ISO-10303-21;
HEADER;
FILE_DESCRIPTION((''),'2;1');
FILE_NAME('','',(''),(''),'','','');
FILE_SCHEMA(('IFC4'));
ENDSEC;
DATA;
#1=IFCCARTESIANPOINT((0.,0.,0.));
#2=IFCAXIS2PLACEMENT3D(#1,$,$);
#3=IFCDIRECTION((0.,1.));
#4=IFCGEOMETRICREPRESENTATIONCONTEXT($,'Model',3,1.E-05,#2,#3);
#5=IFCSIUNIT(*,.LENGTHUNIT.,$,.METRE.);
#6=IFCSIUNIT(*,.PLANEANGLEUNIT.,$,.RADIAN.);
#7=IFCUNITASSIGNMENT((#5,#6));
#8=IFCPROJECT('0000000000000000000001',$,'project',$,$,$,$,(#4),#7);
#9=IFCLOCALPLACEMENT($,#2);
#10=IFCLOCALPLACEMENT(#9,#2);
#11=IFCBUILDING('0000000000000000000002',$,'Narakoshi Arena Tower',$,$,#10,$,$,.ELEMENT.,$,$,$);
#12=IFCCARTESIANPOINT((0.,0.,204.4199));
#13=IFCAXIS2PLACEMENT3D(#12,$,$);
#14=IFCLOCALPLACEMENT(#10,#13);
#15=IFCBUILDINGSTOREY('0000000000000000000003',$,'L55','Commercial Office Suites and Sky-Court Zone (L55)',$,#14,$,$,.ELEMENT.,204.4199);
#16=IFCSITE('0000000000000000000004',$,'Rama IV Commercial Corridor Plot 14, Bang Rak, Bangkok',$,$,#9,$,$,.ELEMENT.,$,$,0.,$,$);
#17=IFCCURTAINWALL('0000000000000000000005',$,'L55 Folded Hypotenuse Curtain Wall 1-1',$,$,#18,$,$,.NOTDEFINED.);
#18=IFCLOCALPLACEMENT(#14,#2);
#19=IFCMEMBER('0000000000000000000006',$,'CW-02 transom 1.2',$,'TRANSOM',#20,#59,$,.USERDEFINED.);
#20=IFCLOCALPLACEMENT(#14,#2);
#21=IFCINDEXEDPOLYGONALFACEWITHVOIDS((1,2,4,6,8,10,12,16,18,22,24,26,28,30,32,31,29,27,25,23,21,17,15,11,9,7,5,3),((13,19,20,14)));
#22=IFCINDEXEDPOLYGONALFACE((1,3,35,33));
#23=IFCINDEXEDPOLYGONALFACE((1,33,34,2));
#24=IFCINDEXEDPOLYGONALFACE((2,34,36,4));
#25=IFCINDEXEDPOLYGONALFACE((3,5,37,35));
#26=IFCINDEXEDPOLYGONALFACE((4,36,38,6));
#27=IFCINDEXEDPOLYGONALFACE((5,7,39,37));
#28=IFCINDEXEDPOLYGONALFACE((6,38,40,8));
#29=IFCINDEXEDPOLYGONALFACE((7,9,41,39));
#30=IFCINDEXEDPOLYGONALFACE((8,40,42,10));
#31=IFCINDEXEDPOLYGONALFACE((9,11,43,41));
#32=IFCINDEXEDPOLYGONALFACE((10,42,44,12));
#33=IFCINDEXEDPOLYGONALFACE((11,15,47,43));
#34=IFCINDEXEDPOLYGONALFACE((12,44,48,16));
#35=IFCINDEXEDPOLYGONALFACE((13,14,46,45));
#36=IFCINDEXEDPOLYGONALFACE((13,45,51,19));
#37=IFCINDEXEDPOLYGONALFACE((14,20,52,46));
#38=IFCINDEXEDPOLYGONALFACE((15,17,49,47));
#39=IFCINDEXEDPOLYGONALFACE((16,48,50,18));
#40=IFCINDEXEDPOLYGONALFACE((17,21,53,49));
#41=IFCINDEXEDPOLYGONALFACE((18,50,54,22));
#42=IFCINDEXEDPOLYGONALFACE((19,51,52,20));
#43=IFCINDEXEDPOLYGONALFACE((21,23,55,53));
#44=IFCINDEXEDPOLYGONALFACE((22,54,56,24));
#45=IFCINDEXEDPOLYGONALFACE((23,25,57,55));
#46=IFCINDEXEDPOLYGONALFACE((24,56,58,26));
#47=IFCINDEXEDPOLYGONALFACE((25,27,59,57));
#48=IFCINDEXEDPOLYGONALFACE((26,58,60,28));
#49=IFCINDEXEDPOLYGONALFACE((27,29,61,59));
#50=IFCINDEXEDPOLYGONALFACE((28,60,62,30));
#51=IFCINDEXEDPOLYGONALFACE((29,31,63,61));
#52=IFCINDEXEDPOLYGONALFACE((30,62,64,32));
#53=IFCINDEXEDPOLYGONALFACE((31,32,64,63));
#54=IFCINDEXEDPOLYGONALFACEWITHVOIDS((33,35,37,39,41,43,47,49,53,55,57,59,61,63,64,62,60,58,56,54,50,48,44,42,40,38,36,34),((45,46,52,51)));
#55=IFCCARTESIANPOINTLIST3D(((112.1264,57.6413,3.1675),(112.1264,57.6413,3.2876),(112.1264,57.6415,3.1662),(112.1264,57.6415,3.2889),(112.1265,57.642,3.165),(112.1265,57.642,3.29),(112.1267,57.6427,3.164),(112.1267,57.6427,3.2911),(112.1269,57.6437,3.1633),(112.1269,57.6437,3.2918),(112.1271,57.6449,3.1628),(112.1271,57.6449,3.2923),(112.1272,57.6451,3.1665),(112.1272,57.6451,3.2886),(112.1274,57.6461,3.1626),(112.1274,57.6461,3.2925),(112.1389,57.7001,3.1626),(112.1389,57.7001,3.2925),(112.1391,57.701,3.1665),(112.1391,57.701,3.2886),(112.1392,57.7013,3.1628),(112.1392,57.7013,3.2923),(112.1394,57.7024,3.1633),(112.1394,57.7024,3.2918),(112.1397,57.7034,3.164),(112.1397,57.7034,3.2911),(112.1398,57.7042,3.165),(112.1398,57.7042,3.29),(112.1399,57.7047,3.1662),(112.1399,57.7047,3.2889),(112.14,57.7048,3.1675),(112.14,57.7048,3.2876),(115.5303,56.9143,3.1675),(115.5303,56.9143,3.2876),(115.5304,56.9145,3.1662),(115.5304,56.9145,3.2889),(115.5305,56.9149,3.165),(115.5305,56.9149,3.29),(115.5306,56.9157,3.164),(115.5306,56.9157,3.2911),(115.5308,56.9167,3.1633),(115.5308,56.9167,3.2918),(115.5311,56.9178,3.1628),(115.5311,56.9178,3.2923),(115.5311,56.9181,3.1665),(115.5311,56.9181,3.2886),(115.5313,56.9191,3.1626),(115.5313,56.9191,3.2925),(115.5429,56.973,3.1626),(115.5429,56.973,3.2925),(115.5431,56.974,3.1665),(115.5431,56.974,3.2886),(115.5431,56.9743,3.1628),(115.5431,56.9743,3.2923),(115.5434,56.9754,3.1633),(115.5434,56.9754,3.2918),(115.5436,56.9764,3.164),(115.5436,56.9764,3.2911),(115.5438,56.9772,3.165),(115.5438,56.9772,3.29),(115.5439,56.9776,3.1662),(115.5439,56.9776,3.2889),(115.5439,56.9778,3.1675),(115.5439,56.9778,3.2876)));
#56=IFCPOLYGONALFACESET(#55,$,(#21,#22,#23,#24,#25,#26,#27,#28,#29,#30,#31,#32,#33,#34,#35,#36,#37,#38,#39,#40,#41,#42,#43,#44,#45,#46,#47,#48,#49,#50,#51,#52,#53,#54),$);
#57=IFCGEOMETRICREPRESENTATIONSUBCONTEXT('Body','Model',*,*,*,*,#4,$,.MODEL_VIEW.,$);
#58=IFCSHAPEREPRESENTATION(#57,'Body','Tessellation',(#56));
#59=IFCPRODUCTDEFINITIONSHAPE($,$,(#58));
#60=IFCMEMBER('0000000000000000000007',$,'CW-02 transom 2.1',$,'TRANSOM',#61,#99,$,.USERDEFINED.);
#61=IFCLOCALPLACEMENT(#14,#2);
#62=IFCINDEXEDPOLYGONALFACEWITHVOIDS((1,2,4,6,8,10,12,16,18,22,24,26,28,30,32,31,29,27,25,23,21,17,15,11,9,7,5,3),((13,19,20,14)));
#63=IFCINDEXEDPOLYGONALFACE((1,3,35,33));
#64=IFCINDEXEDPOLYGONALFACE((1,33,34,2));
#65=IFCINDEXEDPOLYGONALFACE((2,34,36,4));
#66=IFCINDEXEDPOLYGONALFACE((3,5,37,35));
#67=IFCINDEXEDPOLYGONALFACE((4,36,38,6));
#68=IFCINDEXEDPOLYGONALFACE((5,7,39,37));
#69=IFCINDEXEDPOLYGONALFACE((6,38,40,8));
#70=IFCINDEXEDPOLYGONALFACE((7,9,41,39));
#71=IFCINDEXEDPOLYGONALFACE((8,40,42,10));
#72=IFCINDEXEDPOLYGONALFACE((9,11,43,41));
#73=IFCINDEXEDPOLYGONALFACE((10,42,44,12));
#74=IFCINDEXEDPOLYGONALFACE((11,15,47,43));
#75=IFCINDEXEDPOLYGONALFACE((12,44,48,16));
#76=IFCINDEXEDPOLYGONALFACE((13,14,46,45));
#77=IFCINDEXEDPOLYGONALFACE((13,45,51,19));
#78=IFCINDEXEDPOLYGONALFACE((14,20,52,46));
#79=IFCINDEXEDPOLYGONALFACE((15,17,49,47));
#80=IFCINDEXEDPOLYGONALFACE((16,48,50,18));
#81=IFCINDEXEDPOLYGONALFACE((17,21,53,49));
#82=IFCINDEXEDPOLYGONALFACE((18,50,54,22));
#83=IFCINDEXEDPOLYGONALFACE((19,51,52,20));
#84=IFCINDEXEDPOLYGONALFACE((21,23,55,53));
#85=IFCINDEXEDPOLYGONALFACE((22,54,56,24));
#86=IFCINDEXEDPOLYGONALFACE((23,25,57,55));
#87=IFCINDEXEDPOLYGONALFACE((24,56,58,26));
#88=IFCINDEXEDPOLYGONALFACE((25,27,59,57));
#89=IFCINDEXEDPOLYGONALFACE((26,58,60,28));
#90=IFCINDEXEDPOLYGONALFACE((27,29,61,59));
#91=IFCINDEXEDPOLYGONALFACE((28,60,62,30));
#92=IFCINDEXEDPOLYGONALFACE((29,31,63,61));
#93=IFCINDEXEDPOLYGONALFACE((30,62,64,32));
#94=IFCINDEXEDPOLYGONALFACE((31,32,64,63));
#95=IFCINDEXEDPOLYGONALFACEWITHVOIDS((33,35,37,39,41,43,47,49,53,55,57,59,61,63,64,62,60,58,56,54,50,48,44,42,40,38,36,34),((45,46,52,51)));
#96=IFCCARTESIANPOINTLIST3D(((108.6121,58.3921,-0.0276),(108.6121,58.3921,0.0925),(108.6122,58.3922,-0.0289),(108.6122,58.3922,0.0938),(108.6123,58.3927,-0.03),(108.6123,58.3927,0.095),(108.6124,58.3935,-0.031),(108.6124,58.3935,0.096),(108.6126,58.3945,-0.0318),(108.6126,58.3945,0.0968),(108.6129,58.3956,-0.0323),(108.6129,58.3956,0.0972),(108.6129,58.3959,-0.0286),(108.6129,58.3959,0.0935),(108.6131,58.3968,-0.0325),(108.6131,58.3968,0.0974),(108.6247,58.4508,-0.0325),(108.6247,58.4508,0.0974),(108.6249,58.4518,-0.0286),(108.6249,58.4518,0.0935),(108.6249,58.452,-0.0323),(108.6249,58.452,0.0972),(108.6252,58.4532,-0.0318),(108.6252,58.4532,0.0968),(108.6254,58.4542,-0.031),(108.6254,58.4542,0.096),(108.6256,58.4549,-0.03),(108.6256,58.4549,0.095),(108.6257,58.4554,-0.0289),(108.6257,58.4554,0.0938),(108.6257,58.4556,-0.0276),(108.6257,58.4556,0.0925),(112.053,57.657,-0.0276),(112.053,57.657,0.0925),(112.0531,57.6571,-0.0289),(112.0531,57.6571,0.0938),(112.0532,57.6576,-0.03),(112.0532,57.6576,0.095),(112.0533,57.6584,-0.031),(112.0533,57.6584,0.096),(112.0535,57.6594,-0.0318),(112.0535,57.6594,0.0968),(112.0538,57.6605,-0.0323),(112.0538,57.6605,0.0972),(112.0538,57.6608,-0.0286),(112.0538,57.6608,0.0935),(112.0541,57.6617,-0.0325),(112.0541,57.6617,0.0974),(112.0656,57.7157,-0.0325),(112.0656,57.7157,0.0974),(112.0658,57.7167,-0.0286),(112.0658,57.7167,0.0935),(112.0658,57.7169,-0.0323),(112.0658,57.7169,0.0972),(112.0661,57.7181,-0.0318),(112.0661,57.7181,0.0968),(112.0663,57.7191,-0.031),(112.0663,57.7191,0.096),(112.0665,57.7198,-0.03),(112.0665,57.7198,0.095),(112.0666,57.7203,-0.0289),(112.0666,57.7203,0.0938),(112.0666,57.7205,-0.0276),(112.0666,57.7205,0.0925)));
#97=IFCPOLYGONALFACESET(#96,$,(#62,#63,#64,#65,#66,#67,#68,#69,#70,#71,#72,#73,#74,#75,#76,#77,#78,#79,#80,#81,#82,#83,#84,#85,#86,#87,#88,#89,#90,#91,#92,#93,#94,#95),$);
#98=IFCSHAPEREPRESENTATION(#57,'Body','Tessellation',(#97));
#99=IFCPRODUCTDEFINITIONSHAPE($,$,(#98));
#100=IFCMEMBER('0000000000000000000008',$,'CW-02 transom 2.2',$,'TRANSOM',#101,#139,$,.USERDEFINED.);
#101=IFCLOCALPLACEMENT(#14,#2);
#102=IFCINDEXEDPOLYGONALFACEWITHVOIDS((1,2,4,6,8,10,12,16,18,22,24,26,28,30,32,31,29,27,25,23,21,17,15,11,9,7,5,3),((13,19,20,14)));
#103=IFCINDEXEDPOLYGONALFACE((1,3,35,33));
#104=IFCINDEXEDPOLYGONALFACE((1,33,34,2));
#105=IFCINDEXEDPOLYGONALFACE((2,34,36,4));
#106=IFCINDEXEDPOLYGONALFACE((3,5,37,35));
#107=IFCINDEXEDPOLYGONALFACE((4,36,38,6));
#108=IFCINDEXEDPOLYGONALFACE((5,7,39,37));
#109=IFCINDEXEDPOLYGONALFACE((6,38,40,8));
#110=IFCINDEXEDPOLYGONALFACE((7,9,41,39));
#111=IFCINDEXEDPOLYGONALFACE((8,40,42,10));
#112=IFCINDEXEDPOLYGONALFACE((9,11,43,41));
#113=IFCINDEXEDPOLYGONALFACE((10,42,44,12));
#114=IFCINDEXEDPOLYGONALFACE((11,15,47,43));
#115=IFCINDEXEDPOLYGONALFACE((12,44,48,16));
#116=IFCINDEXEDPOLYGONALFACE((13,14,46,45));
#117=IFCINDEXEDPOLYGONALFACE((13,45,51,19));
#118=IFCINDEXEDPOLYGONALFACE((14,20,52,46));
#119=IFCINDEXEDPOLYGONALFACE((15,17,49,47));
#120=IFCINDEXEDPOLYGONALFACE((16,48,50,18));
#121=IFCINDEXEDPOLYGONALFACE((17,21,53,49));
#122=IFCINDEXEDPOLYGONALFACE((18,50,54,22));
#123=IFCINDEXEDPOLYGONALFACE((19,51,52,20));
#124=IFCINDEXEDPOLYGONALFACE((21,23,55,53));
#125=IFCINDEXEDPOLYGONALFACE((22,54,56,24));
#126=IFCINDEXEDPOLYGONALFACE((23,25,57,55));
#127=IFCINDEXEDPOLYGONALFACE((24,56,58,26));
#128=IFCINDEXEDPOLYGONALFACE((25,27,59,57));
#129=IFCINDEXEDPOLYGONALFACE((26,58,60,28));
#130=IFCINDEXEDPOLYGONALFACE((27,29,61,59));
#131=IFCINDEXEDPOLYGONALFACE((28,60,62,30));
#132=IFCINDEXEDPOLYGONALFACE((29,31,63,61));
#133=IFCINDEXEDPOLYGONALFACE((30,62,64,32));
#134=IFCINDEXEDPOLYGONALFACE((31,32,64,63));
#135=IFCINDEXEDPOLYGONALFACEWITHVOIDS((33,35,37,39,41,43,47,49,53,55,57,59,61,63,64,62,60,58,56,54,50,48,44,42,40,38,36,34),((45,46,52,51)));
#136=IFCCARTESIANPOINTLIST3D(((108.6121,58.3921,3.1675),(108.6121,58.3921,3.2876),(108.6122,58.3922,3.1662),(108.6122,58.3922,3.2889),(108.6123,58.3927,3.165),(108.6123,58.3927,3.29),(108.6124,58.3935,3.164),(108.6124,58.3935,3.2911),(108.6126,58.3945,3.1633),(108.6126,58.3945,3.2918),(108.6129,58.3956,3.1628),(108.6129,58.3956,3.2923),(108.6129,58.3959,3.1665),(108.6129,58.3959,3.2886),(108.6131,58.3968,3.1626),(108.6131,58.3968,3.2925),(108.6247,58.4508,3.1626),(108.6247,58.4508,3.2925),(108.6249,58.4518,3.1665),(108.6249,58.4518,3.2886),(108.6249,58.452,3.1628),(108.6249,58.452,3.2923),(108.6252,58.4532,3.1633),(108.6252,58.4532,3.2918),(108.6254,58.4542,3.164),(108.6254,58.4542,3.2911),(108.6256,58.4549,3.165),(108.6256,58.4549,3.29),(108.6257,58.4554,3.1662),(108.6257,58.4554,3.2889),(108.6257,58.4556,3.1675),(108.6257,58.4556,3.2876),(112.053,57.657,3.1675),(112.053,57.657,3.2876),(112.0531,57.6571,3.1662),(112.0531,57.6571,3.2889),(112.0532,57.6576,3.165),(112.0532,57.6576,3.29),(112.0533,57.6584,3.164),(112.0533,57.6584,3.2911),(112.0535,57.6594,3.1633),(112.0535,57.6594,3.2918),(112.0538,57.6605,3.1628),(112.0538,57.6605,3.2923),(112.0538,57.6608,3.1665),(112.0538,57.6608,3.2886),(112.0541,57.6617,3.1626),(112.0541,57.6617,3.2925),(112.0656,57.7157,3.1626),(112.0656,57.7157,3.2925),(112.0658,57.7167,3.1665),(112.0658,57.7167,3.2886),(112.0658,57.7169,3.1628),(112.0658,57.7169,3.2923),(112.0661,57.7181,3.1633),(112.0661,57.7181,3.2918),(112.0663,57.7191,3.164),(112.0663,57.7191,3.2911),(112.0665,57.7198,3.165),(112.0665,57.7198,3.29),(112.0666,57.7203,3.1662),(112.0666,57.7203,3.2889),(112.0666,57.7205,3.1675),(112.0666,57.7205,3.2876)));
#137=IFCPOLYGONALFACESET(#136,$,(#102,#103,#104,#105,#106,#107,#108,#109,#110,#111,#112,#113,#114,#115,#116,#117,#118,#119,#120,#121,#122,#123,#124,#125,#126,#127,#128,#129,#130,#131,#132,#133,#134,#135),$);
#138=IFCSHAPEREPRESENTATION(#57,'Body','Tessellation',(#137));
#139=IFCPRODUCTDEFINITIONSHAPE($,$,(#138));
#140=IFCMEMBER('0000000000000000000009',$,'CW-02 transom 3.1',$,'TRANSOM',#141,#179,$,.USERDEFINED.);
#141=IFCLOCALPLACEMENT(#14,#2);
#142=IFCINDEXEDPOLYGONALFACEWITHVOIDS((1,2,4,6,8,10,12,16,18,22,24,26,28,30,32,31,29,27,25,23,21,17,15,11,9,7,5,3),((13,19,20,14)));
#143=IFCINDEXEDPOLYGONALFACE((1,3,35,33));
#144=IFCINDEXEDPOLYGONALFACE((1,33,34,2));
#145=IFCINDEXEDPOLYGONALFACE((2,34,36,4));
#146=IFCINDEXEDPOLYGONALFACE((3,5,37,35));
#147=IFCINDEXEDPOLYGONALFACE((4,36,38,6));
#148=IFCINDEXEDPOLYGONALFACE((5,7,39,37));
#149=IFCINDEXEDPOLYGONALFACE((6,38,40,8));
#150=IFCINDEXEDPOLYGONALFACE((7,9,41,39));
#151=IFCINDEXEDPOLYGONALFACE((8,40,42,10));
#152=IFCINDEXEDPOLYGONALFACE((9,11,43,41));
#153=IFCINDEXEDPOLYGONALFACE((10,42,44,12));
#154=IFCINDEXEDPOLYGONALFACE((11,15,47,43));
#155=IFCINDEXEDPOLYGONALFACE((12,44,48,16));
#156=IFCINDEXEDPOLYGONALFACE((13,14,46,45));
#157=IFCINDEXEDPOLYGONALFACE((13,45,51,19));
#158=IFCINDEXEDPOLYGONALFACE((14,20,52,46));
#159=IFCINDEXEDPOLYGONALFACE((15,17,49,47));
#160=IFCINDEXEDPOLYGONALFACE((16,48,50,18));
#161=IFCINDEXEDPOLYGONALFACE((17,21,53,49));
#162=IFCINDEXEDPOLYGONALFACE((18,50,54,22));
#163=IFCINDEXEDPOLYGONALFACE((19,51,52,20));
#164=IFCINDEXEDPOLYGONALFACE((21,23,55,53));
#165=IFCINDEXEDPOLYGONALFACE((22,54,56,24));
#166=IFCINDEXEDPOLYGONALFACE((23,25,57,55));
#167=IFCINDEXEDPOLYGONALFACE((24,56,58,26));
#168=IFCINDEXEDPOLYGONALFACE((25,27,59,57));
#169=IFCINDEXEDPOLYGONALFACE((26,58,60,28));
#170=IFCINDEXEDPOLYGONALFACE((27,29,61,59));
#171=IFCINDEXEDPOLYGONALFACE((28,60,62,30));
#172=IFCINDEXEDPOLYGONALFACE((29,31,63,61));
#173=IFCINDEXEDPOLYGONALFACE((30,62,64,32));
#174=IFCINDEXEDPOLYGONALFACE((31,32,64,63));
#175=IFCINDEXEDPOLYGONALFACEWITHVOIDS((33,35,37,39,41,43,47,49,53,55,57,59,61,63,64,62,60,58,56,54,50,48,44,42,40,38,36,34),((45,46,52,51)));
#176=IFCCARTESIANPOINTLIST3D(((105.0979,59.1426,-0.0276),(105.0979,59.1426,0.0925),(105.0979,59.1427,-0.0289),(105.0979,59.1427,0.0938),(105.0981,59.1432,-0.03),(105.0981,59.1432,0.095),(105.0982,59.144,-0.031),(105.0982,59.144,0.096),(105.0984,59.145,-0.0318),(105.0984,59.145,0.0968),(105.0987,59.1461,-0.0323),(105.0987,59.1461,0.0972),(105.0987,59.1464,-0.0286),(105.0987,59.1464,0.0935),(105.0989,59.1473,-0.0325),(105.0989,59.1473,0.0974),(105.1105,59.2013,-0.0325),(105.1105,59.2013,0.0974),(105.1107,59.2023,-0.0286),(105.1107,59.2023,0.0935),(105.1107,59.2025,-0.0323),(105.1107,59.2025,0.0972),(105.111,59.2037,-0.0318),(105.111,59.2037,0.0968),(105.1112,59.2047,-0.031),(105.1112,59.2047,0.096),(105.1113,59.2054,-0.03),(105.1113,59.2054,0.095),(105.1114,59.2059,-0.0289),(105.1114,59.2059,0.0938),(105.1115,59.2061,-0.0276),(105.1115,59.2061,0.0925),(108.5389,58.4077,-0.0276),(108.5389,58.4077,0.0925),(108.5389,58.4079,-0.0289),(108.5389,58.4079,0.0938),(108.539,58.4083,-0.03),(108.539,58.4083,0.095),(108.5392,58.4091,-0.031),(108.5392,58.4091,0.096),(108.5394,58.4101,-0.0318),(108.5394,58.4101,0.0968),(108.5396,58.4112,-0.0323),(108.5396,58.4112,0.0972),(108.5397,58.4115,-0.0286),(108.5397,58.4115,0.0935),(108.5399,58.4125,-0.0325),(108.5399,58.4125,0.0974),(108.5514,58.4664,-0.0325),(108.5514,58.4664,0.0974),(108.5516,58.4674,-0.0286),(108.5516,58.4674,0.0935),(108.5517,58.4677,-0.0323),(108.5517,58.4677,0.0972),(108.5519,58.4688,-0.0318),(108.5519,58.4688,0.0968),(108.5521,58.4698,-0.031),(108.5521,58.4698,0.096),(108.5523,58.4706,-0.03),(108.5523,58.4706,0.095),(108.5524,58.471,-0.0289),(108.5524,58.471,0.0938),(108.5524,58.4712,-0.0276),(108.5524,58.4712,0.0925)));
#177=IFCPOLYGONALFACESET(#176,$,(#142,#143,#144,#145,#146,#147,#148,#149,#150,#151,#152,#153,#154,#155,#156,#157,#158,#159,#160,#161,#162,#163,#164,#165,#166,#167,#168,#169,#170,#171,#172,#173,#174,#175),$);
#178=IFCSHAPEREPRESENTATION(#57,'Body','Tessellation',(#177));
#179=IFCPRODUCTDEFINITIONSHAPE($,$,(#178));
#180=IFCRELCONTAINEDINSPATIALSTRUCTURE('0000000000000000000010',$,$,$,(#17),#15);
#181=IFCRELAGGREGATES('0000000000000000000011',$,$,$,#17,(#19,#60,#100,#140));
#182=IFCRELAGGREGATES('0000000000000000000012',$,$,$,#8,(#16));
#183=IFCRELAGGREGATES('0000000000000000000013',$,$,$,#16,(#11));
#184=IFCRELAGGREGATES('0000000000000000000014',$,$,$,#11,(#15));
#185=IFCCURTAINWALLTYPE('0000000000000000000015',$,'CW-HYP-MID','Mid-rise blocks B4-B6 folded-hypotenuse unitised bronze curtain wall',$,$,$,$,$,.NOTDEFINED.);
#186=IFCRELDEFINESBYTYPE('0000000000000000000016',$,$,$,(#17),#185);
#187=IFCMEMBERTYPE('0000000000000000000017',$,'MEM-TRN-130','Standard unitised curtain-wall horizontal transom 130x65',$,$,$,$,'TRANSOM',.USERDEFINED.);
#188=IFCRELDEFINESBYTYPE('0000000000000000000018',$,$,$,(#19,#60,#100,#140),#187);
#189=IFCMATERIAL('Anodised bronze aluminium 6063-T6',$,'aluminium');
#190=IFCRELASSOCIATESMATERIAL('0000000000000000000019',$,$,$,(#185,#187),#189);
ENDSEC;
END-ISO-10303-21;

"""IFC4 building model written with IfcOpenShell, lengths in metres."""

from ifc_helpers import new_model, si_unit, direction, frame, origin, origin_2d, place, context, subcontext, project, spatial, hollow_rectangle, extrude, material, material_profile, profile_set, type_object, element, aggregate, save


model = new_model("IFC4")

# Units and contexts
model_context = context("Model", 3, precision=1e-05, world=origin(), true_north=direction((0.0, 1.0)))
body_context = subcontext(model_context, "Body", "Model", "MODEL_VIEW")
ifc_project = project(units=[si_unit("LENGTHUNIT", "METRE"), si_unit("PLANEANGLEUNIT", "RADIAN")], contexts=[model_context])

# Site, building, storey
site_placement = place(None, origin())
site = spatial("IfcSite", under=ifc_project, at=site_placement, Name="Rama IV Commercial Corridor Plot 14, Bang Rak, Bangkok", CompositionType="ELEMENT", RefElevation=0.0)
building_placement = place(site_placement, origin())
building = spatial("IfcBuilding", under=site, at=building_placement, Name="Narakoshi Arena Tower", CompositionType="ELEMENT")
storey_placement = place(building_placement, frame((0.0, 0.0, 204.4199)))
storey = spatial("IfcBuildingStorey", under=building, at=storey_placement, Name="L55", Description="Commercial Office Suites and Sky-Court Zone (L55)", CompositionType="ELEMENT", Elevation=204.4199)

# Curtain wall, members
ifc_material_1 = material(Name="Anodised bronze aluminium 6063-T6", Category="aluminium")
curtain_wall_type = type_object("IfcCurtainWallType", Name="CW-HYP-MID", Description="Mid-rise blocks B4-B6 folded-hypotenuse unitised bronze curtain wall", PredefinedType="NOTDEFINED", material=ifc_material_1)
curtain_wall_placement = place(storey_placement, origin())
curtain_wall = element("IfcCurtainWall", 1, at=curtain_wall_placement, inside=storey, type_object=curtain_wall_type, Name="L55 Folded Hypotenuse Curtain Wall 1-1", PredefinedType="NOTDEFINED")
ifc_material_profile_1 = material_profile(ifc_material_1, hollow_rectangle(XDim=0.0649, YDim=0.1299, WallThickness=0.0039, OuterFilletRadius=0.0049, at=origin_2d()), Name="TRN130x65x4")
ifc_profile_set_1 = profile_set([ifc_material_profile_1], Name="Anodised bronze aluminium 6063-T6")
member_type_1 = type_object("IfcMemberType", Name="MEM-TRN-130", Description="Standard unitised curtain-wall horizontal transom 130x65", ElementType="TRANSOM", PredefinedType="USERDEFINED", material=ifc_profile_set_1)
member_1_placement = place(storey_placement, frame((115.5371, 56.946, 3.2275), z_axis=(-0.977943, 0.208873, 0.0), x_axis=(-0.208873, -0.977943, 0.0)))
member_1 = element("IfcMember", 2, at=member_1_placement, type_object=member_type_1, Name="CW-02 transom 1.2", ObjectType="TRANSOM", PredefinedType="USERDEFINED", context=body_context, shape_type="SweptSolid", body=[
    extrude(hollow_rectangle(XDim=0.0649, YDim=0.1299, WallThickness=0.0039, OuterFilletRadius=0.0049, at=origin_2d()), origin(), (0.0, 0.0, 1.0), 3.4807),
])
member_2_placement = place(storey_placement, frame((112.0598, 57.6887, 0.0325), z_axis=(-0.977932, 0.208923, 0.0), x_axis=(-0.208923, -0.977932, 0.0)))
member_2 = element("IfcMember", 3, at=member_2_placement, type_object=member_type_1, Name="CW-02 transom 2.1", ObjectType="TRANSOM", PredefinedType="USERDEFINED", context=body_context, shape_type="SweptSolid", body=[
    extrude(hollow_rectangle(XDim=0.0649, YDim=0.1299, WallThickness=0.0039, OuterFilletRadius=0.0049, at=origin_2d()), origin(), (0.0, 0.0, 1.0), 3.5186),
])
member_3_placement = place(storey_placement, frame((112.0598, 57.6887, 3.2275), z_axis=(-0.977932, 0.208923, 0.0), x_axis=(-0.208923, -0.977932, 0.0)))
member_3 = element("IfcMember", 4, at=member_3_placement, type_object=member_type_1, Name="CW-02 transom 2.2", ObjectType="TRANSOM", PredefinedType="USERDEFINED", context=body_context, shape_type="SweptSolid", body=[
    extrude(hollow_rectangle(XDim=0.0649, YDim=0.1299, WallThickness=0.0039, OuterFilletRadius=0.0049, at=origin_2d()), origin(), (0.0, 0.0, 1.0), 3.5186),
])
member_4_placement = place(storey_placement, frame((108.5457, 58.4395, 0.0325), z_axis=(-0.977946, 0.208856, 0.0), x_axis=(-0.208856, -0.977946, 0.0)))
member_4 = element("IfcMember", 5, at=member_4_placement, type_object=member_type_1, Name="CW-02 transom 3.1", ObjectType="TRANSOM", PredefinedType="USERDEFINED", context=body_context, shape_type="SweptSolid", body=[
    extrude(hollow_rectangle(XDim=0.0649, YDim=0.1299, WallThickness=0.0039, OuterFilletRadius=0.0049, at=origin_2d()), origin(), (0.0, 0.0, 1.0), 3.5186),
])
aggregate(curtain_wall, [member_1, member_2, member_3, member_4])

save(model, "model.ifc")
